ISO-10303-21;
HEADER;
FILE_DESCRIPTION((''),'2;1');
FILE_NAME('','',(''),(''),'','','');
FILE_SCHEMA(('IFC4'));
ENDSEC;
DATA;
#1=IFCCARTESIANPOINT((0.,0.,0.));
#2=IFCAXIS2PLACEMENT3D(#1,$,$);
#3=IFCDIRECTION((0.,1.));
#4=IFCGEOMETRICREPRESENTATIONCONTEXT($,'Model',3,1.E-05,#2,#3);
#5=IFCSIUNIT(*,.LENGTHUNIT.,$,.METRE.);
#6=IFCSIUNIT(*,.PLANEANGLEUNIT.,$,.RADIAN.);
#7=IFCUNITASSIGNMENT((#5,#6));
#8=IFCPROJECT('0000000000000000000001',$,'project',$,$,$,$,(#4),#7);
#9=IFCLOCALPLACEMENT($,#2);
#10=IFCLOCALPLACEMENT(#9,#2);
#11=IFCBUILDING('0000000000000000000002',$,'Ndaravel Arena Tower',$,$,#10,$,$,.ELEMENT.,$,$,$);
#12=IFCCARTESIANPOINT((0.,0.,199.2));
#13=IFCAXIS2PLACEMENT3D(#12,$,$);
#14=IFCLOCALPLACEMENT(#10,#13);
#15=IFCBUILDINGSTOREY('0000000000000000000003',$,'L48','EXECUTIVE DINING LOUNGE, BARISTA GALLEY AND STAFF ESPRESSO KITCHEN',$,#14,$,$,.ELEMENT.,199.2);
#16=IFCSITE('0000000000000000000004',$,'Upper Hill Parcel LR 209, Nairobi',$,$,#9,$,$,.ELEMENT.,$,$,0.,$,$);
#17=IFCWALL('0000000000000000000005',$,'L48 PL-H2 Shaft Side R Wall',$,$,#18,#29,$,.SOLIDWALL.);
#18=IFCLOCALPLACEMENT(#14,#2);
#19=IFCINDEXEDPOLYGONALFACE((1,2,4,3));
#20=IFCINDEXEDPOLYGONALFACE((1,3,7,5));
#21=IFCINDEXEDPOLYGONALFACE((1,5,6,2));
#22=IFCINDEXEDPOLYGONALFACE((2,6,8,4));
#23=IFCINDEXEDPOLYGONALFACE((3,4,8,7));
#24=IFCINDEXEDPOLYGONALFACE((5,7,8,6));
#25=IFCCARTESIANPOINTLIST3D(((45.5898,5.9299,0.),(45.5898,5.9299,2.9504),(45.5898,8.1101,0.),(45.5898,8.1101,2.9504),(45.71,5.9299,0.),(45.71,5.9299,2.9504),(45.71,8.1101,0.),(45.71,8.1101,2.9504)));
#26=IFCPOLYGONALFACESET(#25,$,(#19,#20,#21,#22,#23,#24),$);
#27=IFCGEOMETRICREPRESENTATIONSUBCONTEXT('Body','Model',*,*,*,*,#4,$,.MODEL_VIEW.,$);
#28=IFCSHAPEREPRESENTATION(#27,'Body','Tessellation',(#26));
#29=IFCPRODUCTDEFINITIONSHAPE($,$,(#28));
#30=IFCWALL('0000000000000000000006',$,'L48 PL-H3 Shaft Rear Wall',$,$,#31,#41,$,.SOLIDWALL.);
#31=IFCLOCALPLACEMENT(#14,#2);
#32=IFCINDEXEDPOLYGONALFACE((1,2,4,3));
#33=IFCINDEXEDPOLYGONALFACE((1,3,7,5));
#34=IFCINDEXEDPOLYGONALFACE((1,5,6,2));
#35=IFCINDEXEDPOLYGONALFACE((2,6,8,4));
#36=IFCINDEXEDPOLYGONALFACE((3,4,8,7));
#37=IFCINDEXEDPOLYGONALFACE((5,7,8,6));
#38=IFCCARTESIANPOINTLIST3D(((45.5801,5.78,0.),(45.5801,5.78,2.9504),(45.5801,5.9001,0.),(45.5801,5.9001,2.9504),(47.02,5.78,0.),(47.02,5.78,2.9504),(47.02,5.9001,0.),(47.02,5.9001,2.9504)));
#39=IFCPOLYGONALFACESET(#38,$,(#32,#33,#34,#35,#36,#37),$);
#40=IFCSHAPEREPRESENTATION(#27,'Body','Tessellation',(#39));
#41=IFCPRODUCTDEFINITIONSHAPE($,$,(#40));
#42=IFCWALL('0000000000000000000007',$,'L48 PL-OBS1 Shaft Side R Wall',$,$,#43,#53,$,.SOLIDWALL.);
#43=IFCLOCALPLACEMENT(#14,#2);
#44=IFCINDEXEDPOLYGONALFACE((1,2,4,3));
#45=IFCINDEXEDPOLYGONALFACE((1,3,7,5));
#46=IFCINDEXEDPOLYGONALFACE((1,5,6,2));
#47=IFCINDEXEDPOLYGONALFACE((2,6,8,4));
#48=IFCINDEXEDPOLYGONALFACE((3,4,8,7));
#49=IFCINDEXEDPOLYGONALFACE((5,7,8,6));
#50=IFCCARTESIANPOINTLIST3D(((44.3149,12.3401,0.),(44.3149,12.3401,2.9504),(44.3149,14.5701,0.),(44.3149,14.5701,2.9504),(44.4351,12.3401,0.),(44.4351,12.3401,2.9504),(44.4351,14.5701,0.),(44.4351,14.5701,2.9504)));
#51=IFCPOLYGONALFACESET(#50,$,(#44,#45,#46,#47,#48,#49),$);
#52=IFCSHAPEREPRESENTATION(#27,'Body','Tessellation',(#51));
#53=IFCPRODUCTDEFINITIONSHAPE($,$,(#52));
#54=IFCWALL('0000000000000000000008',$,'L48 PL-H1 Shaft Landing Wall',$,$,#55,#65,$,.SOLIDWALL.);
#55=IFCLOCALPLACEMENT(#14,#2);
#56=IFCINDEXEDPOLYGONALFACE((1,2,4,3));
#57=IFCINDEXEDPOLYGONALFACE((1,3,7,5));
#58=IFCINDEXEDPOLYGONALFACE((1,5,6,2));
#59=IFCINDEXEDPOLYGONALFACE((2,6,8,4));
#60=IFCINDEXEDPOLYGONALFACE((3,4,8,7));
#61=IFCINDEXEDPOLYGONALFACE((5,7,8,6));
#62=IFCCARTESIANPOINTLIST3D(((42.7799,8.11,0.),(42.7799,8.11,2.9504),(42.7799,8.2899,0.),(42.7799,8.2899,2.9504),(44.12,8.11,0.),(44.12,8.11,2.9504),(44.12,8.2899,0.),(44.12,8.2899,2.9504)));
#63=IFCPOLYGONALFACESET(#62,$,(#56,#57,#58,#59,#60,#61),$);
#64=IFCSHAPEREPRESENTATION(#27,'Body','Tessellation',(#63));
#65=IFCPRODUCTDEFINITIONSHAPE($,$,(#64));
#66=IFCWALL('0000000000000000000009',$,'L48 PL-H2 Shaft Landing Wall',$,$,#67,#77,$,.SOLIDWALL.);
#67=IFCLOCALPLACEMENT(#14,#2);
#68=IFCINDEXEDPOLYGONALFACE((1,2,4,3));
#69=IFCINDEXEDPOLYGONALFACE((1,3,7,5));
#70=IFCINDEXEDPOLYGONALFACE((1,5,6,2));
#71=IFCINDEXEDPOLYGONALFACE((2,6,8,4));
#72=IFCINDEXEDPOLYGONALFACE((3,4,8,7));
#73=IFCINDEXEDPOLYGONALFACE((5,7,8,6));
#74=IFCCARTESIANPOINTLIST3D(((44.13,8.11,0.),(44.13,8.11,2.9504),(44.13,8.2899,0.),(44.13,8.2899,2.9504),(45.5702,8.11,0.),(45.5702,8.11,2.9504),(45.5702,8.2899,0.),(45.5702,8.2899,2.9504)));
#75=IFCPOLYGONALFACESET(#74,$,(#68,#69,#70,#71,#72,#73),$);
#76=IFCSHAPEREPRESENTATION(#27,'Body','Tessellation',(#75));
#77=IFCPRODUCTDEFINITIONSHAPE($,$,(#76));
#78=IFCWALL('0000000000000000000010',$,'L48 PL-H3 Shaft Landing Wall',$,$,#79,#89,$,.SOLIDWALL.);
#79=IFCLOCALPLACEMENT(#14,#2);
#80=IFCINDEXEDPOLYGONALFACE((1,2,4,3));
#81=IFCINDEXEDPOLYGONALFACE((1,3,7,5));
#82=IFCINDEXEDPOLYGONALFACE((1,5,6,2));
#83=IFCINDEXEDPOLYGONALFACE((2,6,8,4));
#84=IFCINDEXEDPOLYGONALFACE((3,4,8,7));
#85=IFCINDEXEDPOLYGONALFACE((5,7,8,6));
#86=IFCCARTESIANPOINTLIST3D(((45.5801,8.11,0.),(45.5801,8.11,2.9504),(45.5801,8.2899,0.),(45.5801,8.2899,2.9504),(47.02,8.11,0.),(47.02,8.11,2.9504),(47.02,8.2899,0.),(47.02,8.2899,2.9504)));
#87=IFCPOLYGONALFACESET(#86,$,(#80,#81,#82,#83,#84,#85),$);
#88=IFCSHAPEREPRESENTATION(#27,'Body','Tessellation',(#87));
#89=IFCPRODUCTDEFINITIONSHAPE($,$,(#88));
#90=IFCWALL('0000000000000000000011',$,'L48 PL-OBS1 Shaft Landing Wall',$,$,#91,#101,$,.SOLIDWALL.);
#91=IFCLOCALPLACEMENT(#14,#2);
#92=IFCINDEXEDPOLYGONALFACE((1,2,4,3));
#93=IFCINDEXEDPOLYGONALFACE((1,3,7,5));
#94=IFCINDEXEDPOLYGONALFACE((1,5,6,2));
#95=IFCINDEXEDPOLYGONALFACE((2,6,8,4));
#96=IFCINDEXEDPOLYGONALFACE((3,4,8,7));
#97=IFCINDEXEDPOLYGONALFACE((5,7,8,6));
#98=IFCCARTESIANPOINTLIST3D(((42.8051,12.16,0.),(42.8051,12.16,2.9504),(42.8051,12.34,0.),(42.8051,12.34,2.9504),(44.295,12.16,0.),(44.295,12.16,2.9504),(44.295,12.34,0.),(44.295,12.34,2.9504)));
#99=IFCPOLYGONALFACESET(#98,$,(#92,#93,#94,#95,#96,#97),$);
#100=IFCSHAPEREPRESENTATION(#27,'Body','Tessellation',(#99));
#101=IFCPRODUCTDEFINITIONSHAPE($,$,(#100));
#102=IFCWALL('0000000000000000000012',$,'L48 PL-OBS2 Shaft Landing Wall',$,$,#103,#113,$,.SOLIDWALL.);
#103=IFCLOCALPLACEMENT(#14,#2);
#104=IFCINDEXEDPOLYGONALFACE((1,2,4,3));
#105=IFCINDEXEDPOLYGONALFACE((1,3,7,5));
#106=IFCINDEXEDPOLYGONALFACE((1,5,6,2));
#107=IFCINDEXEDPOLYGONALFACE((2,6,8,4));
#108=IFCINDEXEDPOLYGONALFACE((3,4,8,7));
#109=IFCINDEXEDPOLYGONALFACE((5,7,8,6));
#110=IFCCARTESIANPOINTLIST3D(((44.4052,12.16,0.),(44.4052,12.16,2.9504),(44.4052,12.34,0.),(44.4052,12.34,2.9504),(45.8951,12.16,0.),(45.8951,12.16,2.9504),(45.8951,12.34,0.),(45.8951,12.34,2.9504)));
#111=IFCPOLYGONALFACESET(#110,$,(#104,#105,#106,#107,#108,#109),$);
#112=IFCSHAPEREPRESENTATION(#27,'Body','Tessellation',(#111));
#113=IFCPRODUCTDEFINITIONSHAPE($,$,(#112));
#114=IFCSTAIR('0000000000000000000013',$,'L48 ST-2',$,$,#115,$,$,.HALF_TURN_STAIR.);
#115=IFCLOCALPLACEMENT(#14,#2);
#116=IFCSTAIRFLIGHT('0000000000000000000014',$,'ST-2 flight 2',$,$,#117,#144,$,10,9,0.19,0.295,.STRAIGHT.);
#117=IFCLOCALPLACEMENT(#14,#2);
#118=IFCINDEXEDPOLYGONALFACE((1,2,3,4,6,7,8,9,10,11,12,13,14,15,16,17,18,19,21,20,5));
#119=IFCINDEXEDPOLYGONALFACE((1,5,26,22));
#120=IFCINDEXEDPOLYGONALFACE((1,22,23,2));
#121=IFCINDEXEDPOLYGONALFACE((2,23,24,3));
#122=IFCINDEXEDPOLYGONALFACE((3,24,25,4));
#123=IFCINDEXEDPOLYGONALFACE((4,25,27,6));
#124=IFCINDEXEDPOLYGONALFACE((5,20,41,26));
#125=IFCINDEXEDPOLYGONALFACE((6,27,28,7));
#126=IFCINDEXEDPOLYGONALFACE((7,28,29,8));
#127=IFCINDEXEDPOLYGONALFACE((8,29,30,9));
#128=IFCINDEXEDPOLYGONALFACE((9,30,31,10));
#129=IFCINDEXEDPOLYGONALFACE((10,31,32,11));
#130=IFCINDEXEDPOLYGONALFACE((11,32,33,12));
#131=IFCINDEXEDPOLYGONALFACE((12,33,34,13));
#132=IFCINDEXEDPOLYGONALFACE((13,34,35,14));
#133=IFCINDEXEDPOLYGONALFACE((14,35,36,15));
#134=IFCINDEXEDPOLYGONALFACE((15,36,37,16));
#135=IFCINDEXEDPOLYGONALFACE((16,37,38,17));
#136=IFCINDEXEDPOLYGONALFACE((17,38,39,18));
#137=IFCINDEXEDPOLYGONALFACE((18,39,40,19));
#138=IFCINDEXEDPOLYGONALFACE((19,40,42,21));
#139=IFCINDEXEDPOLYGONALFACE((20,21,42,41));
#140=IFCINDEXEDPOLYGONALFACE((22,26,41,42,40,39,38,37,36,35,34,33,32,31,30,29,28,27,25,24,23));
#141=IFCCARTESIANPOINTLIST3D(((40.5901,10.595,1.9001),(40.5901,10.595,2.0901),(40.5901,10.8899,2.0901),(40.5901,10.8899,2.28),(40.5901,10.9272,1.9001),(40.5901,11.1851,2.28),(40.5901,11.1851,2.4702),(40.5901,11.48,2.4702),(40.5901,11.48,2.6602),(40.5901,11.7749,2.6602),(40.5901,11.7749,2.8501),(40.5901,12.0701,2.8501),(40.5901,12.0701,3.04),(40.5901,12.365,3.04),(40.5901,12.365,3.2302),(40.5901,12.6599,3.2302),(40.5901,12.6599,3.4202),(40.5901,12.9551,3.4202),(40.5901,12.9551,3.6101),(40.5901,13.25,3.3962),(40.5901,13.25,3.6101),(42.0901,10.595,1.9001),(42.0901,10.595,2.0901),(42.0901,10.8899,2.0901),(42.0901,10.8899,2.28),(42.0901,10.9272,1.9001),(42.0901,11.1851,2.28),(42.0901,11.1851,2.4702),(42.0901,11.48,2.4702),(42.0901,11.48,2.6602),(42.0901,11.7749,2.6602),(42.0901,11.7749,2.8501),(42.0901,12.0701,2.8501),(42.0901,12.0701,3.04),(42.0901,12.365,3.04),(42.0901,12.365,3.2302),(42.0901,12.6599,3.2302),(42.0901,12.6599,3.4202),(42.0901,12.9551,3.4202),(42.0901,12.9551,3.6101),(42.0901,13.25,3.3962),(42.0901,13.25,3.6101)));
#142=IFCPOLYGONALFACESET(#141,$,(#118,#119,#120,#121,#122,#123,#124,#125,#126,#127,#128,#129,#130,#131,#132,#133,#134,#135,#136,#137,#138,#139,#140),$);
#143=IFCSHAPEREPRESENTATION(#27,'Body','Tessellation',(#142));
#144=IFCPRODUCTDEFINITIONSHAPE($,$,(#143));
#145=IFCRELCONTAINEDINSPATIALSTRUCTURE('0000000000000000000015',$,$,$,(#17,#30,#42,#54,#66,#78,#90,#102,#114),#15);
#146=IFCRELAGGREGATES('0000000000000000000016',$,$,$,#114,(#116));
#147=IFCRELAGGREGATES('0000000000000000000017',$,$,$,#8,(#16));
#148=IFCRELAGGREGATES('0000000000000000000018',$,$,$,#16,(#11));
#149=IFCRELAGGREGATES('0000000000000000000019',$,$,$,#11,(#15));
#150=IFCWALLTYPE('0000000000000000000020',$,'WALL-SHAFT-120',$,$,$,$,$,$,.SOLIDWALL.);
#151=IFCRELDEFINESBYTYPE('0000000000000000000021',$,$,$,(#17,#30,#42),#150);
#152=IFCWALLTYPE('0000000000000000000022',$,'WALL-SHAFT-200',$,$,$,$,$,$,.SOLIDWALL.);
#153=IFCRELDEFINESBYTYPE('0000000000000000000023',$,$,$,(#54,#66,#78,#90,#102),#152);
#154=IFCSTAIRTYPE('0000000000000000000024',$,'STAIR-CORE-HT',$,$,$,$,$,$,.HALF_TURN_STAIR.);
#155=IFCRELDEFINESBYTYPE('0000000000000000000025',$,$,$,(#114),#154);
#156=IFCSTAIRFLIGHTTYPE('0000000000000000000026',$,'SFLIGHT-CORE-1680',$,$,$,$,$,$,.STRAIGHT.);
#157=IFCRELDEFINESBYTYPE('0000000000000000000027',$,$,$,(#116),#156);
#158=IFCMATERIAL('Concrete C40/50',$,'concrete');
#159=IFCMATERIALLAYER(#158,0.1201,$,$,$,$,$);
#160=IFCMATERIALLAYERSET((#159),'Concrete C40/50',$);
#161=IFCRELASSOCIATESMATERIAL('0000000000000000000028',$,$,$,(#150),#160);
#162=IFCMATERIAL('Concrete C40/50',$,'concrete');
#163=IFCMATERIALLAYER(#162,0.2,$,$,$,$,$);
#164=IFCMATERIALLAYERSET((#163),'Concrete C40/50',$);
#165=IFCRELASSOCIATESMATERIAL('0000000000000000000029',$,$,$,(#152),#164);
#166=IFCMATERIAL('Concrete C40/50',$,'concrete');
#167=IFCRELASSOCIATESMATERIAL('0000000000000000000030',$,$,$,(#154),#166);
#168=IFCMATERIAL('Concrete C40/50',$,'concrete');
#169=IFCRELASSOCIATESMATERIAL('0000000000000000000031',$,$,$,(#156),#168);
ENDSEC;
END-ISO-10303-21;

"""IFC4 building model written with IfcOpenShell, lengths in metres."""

from ifc_helpers import new_model, si_unit, direction, frame, frame_2d, origin, place, context, subcontext, project, spatial, polyline, rectangle, outline, extrude, material, layer, layer_set, type_object, element, aggregate, save


model = new_model("IFC4")

# Units and contexts
model_context = context("Model", 3, precision=1e-05, world=origin(), true_north=direction((0.0, 1.0)))
body_context = subcontext(model_context, "Body", "Model", "MODEL_VIEW")
ifc_project = project(units=[si_unit("LENGTHUNIT", "METRE"), si_unit("PLANEANGLEUNIT", "RADIAN")], contexts=[model_context])

# Site, building, storey
site_placement = place(None, origin())
site = spatial("IfcSite", under=ifc_project, at=site_placement, Name="Upper Hill Parcel LR 209, Nairobi", CompositionType="ELEMENT", RefElevation=0.0)
building_placement = place(site_placement, origin())
building = spatial("IfcBuilding", under=site, at=building_placement, Name="Ndaravel Arena Tower", CompositionType="ELEMENT")
storey_placement = place(building_placement, frame((0.0, 0.0, 199.2)))
storey = spatial("IfcBuildingStorey", under=building, at=storey_placement, Name="L48", Description="EXECUTIVE DINING LOUNGE, BARISTA GALLEY AND STAFF ESPRESSO KITCHEN", CompositionType="ELEMENT", Elevation=199.2)

# Walls
ifc_material_1 = material(Name="Concrete C40/50", Category="concrete")
ifc_layer_1 = layer(ifc_material_1, 0.1201)
ifc_layer_set_1 = layer_set([ifc_layer_1], Name="Concrete C40/50")
wall_type_1 = type_object("IfcWallType", Name="WALL-SHAFT-120", PredefinedType="SOLIDWALL", material=ifc_layer_set_1)
wall_1_placement = place(storey_placement, frame((45.6499, 5.9299, 0.0), z_axis=(0.0, 0.0, 1.0), x_axis=(0.0, 1.0, 0.0)))
element("IfcWall", 1, at=wall_1_placement, inside=storey, type_object=wall_type_1, Name="L48 PL-H2 Shaft Side R Wall", PredefinedType="SOLIDWALL", context=body_context, shape_type="SweptSolid", body=[
    extrude(rectangle(XDim=2.1802, YDim=0.1201, at=frame_2d((1.0901, 0.0))), origin(), (0.0, 0.0, 1.0), 2.9504),
])
wall_2_placement = place(storey_placement, frame((45.5801, 5.8401, 0.0), z_axis=(0.0, 0.0, 1.0), x_axis=(1.0, 0.0, 0.0)))
element("IfcWall", 2, at=wall_2_placement, inside=storey, type_object=wall_type_1, Name="L48 PL-H3 Shaft Rear Wall", PredefinedType="SOLIDWALL", context=body_context, shape_type="SweptSolid", body=[
    extrude(rectangle(XDim=1.4399, YDim=0.1201, at=frame_2d((0.72, 0.0))), origin(), (0.0, 0.0, 1.0), 2.9504),
])
wall_3_placement = place(storey_placement, frame((44.375, 12.3401, 0.0), z_axis=(0.0, 0.0, 1.0), x_axis=(0.0, 1.0, 0.0)))
element("IfcWall", 3, at=wall_3_placement, inside=storey, type_object=wall_type_1, Name="L48 PL-OBS1 Shaft Side R Wall", PredefinedType="SOLIDWALL", context=body_context, shape_type="SweptSolid", body=[
    extrude(rectangle(XDim=2.23, YDim=0.1201, at=frame_2d((1.115, 0.0))), origin(), (0.0, 0.0, 1.0), 2.9504),
])
ifc_material_2 = material(Name="Concrete C40/50", Category="concrete")
ifc_layer_2 = layer(ifc_material_2, 0.2)
ifc_layer_set_2 = layer_set([ifc_layer_2], Name="Concrete C40/50")
wall_type_2 = type_object("IfcWallType", Name="WALL-SHAFT-200", PredefinedType="SOLIDWALL", material=ifc_layer_set_2)
wall_4_placement = place(storey_placement, frame((42.78, 8.2, 0.0), z_axis=(0.0, 0.0, 1.0), x_axis=(1.0, 0.0, 0.0)))
element("IfcWall", 4, at=wall_4_placement, inside=storey, type_object=wall_type_2, Name="L48 PL-H1 Shaft Landing Wall", PredefinedType="SOLIDWALL", context=body_context, shape_type="SweptSolid", body=[
    extrude(rectangle(XDim=1.3401, YDim=0.1799, at=frame_2d((0.6699, 0.0))), origin(), (0.0, 0.0, 1.0), 2.9504),
])
wall_5_placement = place(storey_placement, frame((44.1299, 8.2, 0.0), z_axis=(0.0, 0.0, 1.0), x_axis=(1.0, 0.0, 0.0)))
element("IfcWall", 5, at=wall_5_placement, inside=storey, type_object=wall_type_2, Name="L48 PL-H2 Shaft Landing Wall", PredefinedType="SOLIDWALL", context=body_context, shape_type="SweptSolid", body=[
    extrude(rectangle(XDim=1.4402, YDim=0.1799, at=frame_2d((0.7202, 0.0))), origin(), (0.0, 0.0, 1.0), 2.9504),
])
wall_6_placement = place(storey_placement, frame((45.5801, 8.2, 0.0), z_axis=(0.0, 0.0, 1.0), x_axis=(1.0, 0.0, 0.0)))
element("IfcWall", 6, at=wall_6_placement, inside=storey, type_object=wall_type_2, Name="L48 PL-H3 Shaft Landing Wall", PredefinedType="SOLIDWALL", context=body_context, shape_type="SweptSolid", body=[
    extrude(rectangle(XDim=1.4399, YDim=0.1799, at=frame_2d((0.72, 0.0))), origin(), (0.0, 0.0, 1.0), 2.9504),
])
for number, where, z_axis, x_axis, name in (
    (7, (42.8049, 12.25, 0.0), (0.0, 0.0, 1.0), (1.0, 0.0, 0.0), "L48 PL-OBS1 Shaft Landing Wall"),
    (8, (44.405, 12.25, 0.0), (0.0, 0.0, 1.0), (1.0, 0.0, 0.0), "L48 PL-OBS2 Shaft Landing Wall"),
):
    element("IfcWall", number, at=place(storey_placement, frame(where, z_axis=z_axis, x_axis=x_axis)), inside=storey, type_object=wall_type_2, Name=name, PredefinedType="SOLIDWALL", context=body_context, shape_type="SweptSolid", body=[
        extrude(rectangle(XDim=1.49, YDim=0.1799, at=frame_2d((0.7451, 0.0))), origin(), (0.0, 0.0, 1.0), 2.9504),
    ])

# Stair, stair flight
ifc_material_3 = material(Name="Concrete C40/50", Category="concrete")
stair_type = type_object("IfcStairType", Name="STAIR-CORE-HT", PredefinedType="HALF_TURN_STAIR", material=ifc_material_3)
stair_placement = place(storey_placement, origin())
stair = element("IfcStair", 9, at=stair_placement, inside=storey, type_object=stair_type, Name="L48 ST-2", PredefinedType="HALF_TURN_STAIR")
ifc_material_4 = material(Name="Concrete C40/50", Category="concrete")
stair_flight_type = type_object("IfcStairFlightType", Name="SFLIGHT-CORE-1680", PredefinedType="STRAIGHT", material=ifc_material_4)
stair_flight_placement = place(storey_placement, frame((41.3401, 10.595, 1.9001), z_axis=(0.0, 0.0, 1.0), x_axis=(0.0, 1.0, 0.0)))
stair_flight = element("IfcStairFlight", 10, at=stair_flight_placement, type_object=stair_flight_type, Name="ST-2 flight 2", NumberOfRisers=10, NumberOfTreads=9, PredefinedType="STRAIGHT", RiserHeight=0.19, TreadLength=0.295, context=body_context, shape_type="SweptSolid", body=[
    extrude(outline(polyline([(0.0, 0.0), (0.0, 0.1899), (0.2949, 0.1899), (0.2949, 0.3799), (0.5901, 0.3799), (0.5901, 0.5701), (0.885, 0.5701), (0.885, 0.76), (1.1799, 0.76), (1.1799, 0.95), (1.4751, 0.95), (1.4751, 1.1399), (1.77, 1.1399), (1.77, 1.3301), (2.0649, 1.3301), (2.0649, 1.52), (2.3601, 1.52), (2.3601, 1.71), (2.655, 1.71), (2.655, 1.8999), (2.655, 1.4961), (0.3323, 0.0), (0.0, 0.0)])), frame((0.0, 0.75, 0.0), z_axis=(0.0, -1.0, 0.0), x_axis=(1.0, 0.0, 0.0)), (0.0, 0.0, 1.0), 1.5),
])
aggregate(stair, [stair_flight])

save(model, "model.ifc")
